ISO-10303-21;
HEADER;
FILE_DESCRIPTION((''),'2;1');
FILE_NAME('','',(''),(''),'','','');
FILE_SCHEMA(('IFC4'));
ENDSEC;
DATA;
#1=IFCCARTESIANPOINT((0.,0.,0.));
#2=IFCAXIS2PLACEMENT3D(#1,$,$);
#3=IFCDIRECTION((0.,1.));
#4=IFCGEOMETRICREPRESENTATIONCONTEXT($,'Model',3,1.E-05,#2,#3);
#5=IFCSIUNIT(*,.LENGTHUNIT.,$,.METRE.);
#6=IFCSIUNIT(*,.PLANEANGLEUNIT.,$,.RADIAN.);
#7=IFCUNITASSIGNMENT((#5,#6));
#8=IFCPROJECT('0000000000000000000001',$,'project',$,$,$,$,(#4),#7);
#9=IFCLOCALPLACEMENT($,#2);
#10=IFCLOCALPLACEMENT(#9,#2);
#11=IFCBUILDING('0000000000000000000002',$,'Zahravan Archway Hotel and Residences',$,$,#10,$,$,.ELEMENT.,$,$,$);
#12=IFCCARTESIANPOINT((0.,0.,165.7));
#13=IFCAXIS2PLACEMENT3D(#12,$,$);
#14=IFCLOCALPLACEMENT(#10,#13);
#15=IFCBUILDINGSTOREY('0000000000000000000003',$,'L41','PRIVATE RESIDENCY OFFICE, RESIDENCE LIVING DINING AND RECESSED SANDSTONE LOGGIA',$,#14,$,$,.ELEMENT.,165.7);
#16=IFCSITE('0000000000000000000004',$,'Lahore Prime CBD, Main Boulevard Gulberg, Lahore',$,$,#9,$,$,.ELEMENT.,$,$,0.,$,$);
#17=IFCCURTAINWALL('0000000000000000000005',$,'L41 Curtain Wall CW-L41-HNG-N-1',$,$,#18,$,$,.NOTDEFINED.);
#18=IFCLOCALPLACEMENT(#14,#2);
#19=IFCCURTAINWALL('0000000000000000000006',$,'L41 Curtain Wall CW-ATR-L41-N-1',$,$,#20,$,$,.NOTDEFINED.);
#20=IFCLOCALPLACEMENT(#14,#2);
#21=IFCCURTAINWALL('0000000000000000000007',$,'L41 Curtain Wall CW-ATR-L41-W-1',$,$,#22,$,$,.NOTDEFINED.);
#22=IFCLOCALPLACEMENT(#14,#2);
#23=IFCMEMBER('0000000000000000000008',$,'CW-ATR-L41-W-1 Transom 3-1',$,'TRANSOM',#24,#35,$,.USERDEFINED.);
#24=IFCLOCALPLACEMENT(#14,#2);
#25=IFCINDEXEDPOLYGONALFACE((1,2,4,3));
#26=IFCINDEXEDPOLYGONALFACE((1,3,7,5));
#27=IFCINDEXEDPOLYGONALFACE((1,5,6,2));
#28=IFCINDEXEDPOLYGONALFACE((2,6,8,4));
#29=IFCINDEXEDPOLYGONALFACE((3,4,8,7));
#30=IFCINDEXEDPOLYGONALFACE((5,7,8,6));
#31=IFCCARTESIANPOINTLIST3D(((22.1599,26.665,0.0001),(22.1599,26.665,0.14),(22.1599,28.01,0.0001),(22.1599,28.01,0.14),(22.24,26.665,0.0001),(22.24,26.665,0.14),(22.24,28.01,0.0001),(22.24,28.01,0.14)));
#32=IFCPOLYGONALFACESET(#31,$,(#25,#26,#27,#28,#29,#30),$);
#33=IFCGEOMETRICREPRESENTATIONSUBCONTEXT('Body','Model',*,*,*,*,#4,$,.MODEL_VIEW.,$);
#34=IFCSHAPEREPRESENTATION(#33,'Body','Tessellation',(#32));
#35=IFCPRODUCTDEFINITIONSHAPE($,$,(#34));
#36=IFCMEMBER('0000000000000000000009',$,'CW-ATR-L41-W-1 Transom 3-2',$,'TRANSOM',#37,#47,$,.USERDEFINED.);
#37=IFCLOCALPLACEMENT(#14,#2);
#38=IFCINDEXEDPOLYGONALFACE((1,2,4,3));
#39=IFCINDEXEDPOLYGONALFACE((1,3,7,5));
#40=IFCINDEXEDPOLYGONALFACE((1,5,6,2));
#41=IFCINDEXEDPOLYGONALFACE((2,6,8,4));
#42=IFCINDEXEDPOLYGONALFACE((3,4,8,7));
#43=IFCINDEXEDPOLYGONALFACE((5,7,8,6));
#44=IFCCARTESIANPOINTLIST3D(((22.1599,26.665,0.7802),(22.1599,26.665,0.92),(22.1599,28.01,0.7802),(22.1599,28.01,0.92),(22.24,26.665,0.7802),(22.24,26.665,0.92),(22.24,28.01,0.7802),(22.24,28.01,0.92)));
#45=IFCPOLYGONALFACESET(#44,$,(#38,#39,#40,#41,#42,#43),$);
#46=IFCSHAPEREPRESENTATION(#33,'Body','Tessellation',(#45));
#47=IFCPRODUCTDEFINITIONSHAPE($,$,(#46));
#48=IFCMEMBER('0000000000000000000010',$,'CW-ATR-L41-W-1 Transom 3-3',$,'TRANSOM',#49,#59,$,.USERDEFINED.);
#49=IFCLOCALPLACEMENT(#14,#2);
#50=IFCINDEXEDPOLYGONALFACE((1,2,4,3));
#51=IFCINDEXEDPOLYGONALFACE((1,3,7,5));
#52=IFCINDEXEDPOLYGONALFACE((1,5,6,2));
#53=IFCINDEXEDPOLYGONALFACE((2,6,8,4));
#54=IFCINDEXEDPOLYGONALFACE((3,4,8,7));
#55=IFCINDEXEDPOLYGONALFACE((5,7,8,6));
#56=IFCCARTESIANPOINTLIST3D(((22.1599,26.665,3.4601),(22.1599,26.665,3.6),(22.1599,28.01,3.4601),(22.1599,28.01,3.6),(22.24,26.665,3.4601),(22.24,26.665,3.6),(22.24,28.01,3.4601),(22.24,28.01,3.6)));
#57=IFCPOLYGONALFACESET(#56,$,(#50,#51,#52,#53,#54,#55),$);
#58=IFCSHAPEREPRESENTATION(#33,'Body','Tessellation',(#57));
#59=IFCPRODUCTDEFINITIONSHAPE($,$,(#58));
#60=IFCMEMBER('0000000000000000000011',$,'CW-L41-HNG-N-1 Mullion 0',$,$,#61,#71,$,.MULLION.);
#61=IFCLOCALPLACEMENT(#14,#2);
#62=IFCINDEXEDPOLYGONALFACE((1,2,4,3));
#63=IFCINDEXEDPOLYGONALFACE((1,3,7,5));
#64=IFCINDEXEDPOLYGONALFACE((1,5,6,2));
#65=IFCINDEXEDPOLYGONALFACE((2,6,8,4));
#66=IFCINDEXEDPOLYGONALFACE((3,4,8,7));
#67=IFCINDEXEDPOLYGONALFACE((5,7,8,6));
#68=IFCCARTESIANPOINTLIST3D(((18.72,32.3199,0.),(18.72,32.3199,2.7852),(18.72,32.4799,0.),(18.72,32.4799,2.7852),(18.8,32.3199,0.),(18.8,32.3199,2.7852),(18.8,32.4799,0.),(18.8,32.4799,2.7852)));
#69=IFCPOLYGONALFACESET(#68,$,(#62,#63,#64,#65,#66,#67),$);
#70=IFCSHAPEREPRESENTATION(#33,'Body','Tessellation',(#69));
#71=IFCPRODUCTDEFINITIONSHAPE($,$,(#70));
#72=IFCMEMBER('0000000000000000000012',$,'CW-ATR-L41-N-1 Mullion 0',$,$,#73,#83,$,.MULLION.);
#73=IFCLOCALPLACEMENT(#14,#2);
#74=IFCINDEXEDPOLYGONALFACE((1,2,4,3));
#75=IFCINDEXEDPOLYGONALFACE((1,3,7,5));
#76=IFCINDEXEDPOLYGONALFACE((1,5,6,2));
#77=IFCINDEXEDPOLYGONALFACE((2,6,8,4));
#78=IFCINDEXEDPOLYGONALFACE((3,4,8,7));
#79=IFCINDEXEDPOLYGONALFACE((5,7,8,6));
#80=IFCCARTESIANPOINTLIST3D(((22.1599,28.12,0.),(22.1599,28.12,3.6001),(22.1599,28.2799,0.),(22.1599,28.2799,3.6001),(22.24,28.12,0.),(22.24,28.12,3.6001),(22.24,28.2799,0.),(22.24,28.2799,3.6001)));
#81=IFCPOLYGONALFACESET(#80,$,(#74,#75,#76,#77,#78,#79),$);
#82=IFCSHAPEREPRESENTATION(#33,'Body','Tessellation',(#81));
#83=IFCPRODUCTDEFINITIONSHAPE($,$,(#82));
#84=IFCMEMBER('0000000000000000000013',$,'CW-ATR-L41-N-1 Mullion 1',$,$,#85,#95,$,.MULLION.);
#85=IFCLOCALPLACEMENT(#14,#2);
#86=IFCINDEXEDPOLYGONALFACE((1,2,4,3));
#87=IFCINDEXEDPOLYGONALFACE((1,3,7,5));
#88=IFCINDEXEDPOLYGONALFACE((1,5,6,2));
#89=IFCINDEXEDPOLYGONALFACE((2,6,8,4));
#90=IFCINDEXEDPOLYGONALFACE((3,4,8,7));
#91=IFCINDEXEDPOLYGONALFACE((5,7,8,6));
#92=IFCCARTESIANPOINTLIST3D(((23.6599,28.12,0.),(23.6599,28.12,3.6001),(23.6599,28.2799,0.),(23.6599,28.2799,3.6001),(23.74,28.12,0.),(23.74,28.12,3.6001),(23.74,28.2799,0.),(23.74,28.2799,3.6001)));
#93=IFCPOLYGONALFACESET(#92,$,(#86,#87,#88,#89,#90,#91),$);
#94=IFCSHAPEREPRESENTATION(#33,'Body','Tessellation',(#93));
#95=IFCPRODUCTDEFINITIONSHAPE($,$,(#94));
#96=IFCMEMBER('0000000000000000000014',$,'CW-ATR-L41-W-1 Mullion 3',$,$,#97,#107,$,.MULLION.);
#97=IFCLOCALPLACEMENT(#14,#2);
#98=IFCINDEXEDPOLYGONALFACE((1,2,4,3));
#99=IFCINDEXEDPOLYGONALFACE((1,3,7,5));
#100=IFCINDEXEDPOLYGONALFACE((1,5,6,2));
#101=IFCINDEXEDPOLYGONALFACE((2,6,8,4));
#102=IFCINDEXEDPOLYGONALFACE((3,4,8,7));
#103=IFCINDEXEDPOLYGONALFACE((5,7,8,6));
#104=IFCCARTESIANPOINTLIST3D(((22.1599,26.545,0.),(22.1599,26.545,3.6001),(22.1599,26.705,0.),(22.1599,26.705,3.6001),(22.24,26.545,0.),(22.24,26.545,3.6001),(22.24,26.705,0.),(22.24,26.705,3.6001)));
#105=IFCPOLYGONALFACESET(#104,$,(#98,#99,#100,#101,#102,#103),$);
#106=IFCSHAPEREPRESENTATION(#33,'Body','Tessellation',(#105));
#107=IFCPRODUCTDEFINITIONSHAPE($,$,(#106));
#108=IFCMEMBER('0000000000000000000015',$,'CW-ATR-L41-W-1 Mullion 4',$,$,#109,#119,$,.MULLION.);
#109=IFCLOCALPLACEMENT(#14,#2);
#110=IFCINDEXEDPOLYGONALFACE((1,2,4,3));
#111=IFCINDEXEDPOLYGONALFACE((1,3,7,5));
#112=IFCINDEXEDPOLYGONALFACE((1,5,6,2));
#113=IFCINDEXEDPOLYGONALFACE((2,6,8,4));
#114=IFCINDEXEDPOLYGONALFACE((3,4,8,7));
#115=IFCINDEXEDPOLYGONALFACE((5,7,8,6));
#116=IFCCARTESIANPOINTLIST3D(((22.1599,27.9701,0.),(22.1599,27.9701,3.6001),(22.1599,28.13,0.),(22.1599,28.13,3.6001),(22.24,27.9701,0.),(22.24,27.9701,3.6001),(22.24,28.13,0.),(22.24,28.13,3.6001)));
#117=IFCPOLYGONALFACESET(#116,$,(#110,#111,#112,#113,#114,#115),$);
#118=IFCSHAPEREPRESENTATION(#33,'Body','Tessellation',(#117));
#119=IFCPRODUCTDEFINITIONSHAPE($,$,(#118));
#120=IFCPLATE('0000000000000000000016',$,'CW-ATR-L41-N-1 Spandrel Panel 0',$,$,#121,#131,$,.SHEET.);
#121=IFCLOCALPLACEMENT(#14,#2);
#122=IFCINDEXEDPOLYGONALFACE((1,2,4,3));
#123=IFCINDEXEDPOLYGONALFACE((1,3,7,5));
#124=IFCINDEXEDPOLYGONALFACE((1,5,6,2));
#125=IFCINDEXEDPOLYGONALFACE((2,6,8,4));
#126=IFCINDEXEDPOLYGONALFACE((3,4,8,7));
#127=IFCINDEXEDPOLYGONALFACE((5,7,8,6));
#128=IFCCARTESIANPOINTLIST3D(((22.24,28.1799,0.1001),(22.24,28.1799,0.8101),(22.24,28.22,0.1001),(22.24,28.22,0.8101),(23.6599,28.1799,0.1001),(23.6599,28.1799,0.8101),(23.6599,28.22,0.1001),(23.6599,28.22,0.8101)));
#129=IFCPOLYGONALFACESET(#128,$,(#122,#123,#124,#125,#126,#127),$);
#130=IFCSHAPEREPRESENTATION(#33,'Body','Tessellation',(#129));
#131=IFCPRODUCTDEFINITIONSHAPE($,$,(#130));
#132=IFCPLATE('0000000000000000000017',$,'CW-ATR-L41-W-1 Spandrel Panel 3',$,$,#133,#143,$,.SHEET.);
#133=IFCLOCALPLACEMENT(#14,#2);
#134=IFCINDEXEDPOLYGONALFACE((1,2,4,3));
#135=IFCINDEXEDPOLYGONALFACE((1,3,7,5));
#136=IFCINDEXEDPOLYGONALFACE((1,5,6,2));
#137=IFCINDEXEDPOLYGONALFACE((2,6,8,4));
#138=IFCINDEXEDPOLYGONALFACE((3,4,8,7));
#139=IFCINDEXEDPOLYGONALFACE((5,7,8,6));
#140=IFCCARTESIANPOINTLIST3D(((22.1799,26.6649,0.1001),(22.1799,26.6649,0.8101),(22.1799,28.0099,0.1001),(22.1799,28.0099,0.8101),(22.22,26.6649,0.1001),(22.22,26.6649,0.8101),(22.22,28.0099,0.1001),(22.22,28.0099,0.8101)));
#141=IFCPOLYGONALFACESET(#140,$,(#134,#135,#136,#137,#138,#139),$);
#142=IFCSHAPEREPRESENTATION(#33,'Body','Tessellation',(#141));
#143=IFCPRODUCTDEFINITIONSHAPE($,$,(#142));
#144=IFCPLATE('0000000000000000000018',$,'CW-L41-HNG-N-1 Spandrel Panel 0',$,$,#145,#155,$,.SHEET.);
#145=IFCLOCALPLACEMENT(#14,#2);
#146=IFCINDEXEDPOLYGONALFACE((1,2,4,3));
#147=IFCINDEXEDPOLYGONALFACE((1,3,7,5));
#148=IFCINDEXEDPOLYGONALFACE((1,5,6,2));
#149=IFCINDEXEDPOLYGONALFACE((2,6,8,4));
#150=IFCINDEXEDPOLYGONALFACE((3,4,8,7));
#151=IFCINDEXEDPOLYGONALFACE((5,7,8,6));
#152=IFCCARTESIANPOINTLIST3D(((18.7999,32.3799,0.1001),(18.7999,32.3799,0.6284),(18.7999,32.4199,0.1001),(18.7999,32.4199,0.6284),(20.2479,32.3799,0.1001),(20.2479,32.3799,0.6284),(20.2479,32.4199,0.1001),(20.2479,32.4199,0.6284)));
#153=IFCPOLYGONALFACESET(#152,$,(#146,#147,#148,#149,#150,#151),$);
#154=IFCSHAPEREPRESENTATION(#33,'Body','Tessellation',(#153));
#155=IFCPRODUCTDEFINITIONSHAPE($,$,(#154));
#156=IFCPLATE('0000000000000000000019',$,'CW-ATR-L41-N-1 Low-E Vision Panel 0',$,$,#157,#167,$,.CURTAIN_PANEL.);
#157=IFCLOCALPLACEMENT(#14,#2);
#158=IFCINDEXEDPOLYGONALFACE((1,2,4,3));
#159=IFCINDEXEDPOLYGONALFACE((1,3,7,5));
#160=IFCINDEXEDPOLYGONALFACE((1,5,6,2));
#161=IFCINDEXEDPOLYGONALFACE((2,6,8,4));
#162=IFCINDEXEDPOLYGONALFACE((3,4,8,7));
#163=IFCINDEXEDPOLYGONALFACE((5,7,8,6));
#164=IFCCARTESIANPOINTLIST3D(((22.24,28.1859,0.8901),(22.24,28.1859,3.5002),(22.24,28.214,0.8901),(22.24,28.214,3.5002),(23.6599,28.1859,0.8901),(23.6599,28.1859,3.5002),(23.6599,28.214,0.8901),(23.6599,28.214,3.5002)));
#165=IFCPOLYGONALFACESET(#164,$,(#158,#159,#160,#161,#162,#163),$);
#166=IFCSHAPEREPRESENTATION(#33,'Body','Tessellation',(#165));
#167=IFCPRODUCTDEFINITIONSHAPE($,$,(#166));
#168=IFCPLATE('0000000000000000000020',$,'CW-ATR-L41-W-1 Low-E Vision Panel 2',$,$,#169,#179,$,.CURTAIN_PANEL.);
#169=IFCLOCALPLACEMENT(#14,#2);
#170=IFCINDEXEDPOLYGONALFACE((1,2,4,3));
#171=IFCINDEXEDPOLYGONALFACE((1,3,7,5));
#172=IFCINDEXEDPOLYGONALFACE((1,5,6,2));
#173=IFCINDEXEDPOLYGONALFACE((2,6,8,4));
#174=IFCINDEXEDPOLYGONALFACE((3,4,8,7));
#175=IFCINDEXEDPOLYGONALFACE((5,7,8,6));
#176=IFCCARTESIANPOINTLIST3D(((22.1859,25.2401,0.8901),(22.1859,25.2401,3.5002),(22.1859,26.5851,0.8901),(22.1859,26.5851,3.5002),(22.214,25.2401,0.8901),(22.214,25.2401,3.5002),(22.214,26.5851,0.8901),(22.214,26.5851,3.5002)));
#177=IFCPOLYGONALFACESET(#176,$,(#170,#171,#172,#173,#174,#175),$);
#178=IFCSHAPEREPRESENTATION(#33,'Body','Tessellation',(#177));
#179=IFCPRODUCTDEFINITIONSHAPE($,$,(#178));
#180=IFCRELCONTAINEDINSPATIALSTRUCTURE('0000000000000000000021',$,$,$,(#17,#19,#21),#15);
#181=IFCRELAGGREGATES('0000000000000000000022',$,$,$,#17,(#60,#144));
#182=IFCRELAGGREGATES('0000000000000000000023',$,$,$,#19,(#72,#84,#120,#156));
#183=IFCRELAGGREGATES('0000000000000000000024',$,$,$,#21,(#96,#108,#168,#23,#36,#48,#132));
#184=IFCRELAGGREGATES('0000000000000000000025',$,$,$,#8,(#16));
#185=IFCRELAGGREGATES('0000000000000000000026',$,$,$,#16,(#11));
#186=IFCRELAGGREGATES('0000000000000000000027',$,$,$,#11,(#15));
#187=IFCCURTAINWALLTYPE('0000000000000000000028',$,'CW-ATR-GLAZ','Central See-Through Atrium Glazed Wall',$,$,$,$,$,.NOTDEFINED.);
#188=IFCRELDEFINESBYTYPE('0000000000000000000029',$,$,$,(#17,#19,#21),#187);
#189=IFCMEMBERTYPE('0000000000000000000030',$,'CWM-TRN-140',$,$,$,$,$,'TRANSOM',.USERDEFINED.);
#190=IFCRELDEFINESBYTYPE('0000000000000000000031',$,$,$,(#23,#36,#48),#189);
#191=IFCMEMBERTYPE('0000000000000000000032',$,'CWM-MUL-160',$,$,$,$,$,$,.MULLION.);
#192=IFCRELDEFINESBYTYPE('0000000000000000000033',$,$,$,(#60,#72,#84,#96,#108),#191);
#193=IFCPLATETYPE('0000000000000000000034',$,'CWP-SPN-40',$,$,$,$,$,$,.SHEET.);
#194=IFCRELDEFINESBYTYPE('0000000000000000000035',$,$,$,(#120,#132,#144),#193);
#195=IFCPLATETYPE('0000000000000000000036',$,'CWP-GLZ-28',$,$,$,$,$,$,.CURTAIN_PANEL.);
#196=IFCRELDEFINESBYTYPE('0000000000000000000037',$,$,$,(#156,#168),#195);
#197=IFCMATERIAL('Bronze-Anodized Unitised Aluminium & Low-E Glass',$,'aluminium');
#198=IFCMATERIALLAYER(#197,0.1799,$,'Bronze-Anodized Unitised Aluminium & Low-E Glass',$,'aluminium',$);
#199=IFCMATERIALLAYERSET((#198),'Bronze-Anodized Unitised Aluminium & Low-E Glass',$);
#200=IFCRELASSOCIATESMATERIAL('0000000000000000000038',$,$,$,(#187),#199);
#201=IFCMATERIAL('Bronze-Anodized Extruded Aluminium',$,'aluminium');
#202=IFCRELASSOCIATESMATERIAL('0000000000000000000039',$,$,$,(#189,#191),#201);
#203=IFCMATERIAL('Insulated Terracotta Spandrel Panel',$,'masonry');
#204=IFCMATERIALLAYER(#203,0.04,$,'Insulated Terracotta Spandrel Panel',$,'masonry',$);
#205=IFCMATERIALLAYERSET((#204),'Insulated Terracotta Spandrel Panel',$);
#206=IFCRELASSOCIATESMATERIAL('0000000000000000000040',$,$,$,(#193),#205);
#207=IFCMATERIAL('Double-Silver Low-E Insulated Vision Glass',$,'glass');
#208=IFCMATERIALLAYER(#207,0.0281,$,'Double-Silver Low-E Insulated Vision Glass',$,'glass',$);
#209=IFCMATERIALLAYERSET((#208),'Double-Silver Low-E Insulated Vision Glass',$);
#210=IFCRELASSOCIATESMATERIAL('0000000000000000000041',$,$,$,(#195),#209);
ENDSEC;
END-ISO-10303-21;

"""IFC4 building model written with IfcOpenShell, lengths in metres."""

from ifc_helpers import new_model, si_unit, direction, frame, origin, origin_2d, place, context, subcontext, project, spatial, rectangle, extrude, source, transform, mapped, material, layer, layer_set, material_profile, profile_set, type_object, element, aggregate, save


model = new_model("IFC4")

# Units and contexts
model_context = context("Model", 3, precision=1e-05, world=origin(), true_north=direction((0.0, 1.0)))
body_context = subcontext(model_context, "Body", "Model", "MODEL_VIEW")
ifc_project = project(units=[si_unit("LENGTHUNIT", "METRE"), si_unit("PLANEANGLEUNIT", "RADIAN")], contexts=[model_context])

# Site, building, storey
site_placement = place(None, origin())
site = spatial("IfcSite", under=ifc_project, at=site_placement, Name="Lahore Prime CBD, Main Boulevard Gulberg, Lahore", CompositionType="ELEMENT", RefElevation=0.0)
building_placement = place(site_placement, origin())
building = spatial("IfcBuilding", under=site, at=building_placement, Name="Zahravan Archway Hotel and Residences", CompositionType="ELEMENT")
storey_placement = place(building_placement, frame((0.0, 0.0, 165.7)))
storey = spatial("IfcBuildingStorey", under=building, at=storey_placement, Name="L41", Description="PRIVATE RESIDENCY OFFICE, RESIDENCE LIVING DINING AND RECESSED SANDSTONE LOGGIA", CompositionType="ELEMENT", Elevation=165.7)

# Curtain walls, members
ifc_material_1 = material(Name="Bronze-Anodized Unitised Aluminium & Low-E Glass", Category="aluminium")
ifc_layer_1 = layer(ifc_material_1, 0.1799, Name="Bronze-Anodized Unitised Aluminium & Low-E Glass", Category="aluminium")
ifc_layer_set_1 = layer_set([ifc_layer_1], Name="Bronze-Anodized Unitised Aluminium & Low-E Glass")
curtain_wall_type = type_object("IfcCurtainWallType", Name="CW-ATR-GLAZ", Description="Central See-Through Atrium Glazed Wall", PredefinedType="NOTDEFINED", material=ifc_layer_set_1)
curtain_wall_1_placement = place(storey_placement, origin())
curtain_wall_1 = element("IfcCurtainWall", 1, at=curtain_wall_1_placement, inside=storey, type_object=curtain_wall_type, Name="L41 Curtain Wall CW-L41-HNG-N-1", PredefinedType="NOTDEFINED")
ifc_material_2 = material(Name="Bronze-Anodized Extruded Aluminium", Category="aluminium")
ifc_material_profile_1 = material_profile(ifc_material_2, rectangle(XDim=0.0801, YDim=0.1399, at=origin_2d()), Name="TRN 80x140", Category="aluminium")
ifc_profile_set_1 = profile_set([ifc_material_profile_1], Name="Bronze-Anodized Extruded Aluminium")
member_type_1 = type_object("IfcMemberType", Name="CWM-TRN-140", ElementType="TRANSOM", PredefinedType="USERDEFINED", material=ifc_profile_set_1)
curtain_wall_2_placement = place(storey_placement, origin())
curtain_wall_2 = element("IfcCurtainWall", 2, at=curtain_wall_2_placement, inside=storey, type_object=curtain_wall_type, Name="L41 Curtain Wall CW-ATR-L41-N-1", PredefinedType="NOTDEFINED")
curtain_wall_3_placement = place(storey_placement, origin())
curtain_wall_3 = element("IfcCurtainWall", 3, at=curtain_wall_3_placement, inside=storey, type_object=curtain_wall_type, Name="L41 Curtain Wall CW-ATR-L41-W-1", PredefinedType="NOTDEFINED")
shared_shape_1 = source(origin(), body_context, "Body", "SweptSolid", [
    extrude(rectangle(XDim=0.0801, YDim=0.1399, at=origin_2d()), origin(), (0.0, 0.0, 1.0), 1.345),
])
member_1_placement = place(storey_placement, frame((22.2, 26.665, 0.0701), z_axis=(0.0, 1.0, 0.0), x_axis=(-1.0, 0.0, 0.0)))
member_1 = element("IfcMember", 4, at=member_1_placement, type_object=member_type_1, Name="CW-ATR-L41-W-1 Transom 3-1", ObjectType="TRANSOM", PredefinedType="USERDEFINED", context=body_context, shape_type="MappedRepresentation", body=[
    mapped(shared_shape_1, transform((0.0, 0.0, 0.0), scale=1.0)),
])
member_2_placement = place(storey_placement, frame((22.2, 26.665, 0.8501), z_axis=(0.0, 1.0, 0.0), x_axis=(-1.0, 0.0, 0.0)))
member_2 = element("IfcMember", 5, at=member_2_placement, type_object=member_type_1, Name="CW-ATR-L41-W-1 Transom 3-2", ObjectType="TRANSOM", PredefinedType="USERDEFINED", context=body_context, shape_type="MappedRepresentation", body=[
    mapped(shared_shape_1, transform((0.0, 0.0, 0.0), scale=1.0)),
])
member_3_placement = place(storey_placement, frame((22.2, 26.665, 3.53), z_axis=(0.0, 1.0, 0.0), x_axis=(-1.0, 0.0, 0.0)))
member_3 = element("IfcMember", 6, at=member_3_placement, type_object=member_type_1, Name="CW-ATR-L41-W-1 Transom 3-3", ObjectType="TRANSOM", PredefinedType="USERDEFINED", context=body_context, shape_type="MappedRepresentation", body=[
    mapped(shared_shape_1, transform((0.0, 0.0, 0.0), scale=1.0)),
])

# Members
ifc_material_profile_2 = material_profile(ifc_material_2, rectangle(XDim=0.0801, YDim=0.1599, at=origin_2d()), Name="MUL 80x160", Category="aluminium")
ifc_profile_set_2 = profile_set([ifc_material_profile_2], Name="Bronze-Anodized Extruded Aluminium")
member_type_2 = type_object("IfcMemberType", Name="CWM-MUL-160", PredefinedType="MULLION", material=ifc_profile_set_2)
shared_shape_2 = source(origin(), body_context, "Body", "SweptSolid", [
    extrude(rectangle(XDim=0.0801, YDim=0.1599, at=origin_2d()), origin(), (0.0, 0.0, 1.0), 2.7852),
])
member_4_placement = place(storey_placement, frame((18.76, 32.3999, 0.0), z_axis=(0.0, 0.0, 1.0), x_axis=(1.0, 0.0, 0.0)))
member_4 = element("IfcMember", 7, at=member_4_placement, type_object=member_type_2, Name="CW-L41-HNG-N-1 Mullion 0", PredefinedType="MULLION", context=body_context, shape_type="MappedRepresentation", body=[
    mapped(shared_shape_2, transform((0.0, 0.0, 0.0), scale=1.0)),
])
shared_shape_3 = source(origin(), body_context, "Body", "SweptSolid", [
    extrude(rectangle(XDim=0.0801, YDim=0.1599, at=origin_2d()), origin(), (0.0, 0.0, 1.0), 3.6001),
])
member_5_placement = place(storey_placement, frame((22.2, 28.2, 0.0), z_axis=(0.0, 0.0, 1.0), x_axis=(1.0, 0.0, 0.0)))
member_5 = element("IfcMember", 8, at=member_5_placement, type_object=member_type_2, Name="CW-ATR-L41-N-1 Mullion 0", PredefinedType="MULLION", context=body_context, shape_type="MappedRepresentation", body=[
    mapped(shared_shape_3, transform((0.0, 0.0, 0.0), scale=1.0)),
])
member_6_placement = place(storey_placement, frame((23.7, 28.2, 0.0), z_axis=(0.0, 0.0, 1.0), x_axis=(1.0, 0.0, 0.0)))
member_6 = element("IfcMember", 9, at=member_6_placement, type_object=member_type_2, Name="CW-ATR-L41-N-1 Mullion 1", PredefinedType="MULLION", context=body_context, shape_type="MappedRepresentation", body=[
    mapped(shared_shape_3, transform((0.0, 0.0, 0.0), scale=1.0)),
])
member_7_placement = place(storey_placement, frame((22.2, 26.625, 0.0), z_axis=(0.0, 0.0, 1.0), x_axis=(1.0, 0.0, 0.0)))
member_7 = element("IfcMember", 10, at=member_7_placement, type_object=member_type_2, Name="CW-ATR-L41-W-1 Mullion 3", PredefinedType="MULLION", context=body_context, shape_type="MappedRepresentation", body=[
    mapped(shared_shape_3, transform((0.0, 0.0, 0.0), scale=1.0)),
])
member_8_placement = place(storey_placement, frame((22.2, 28.05, 0.0), z_axis=(0.0, 0.0, 1.0), x_axis=(1.0, 0.0, 0.0)))
member_8 = element("IfcMember", 11, at=member_8_placement, type_object=member_type_2, Name="CW-ATR-L41-W-1 Mullion 4", PredefinedType="MULLION", context=body_context, shape_type="MappedRepresentation", body=[
    mapped(shared_shape_3, transform((0.0, 0.0, 0.0), scale=1.0)),
])

# Plates
ifc_material_3 = material(Name="Insulated Terracotta Spandrel Panel", Category="masonry")
ifc_layer_2 = layer(ifc_material_3, 0.04, Name="Insulated Terracotta Spandrel Panel", Category="masonry")
ifc_layer_set_2 = layer_set([ifc_layer_2], Name="Insulated Terracotta Spandrel Panel")
plate_type_1 = type_object("IfcPlateType", Name="CWP-SPN-40", PredefinedType="SHEET", material=ifc_layer_set_2)
shared_shape_4 = source(origin(), body_context, "Body", "SweptSolid", [
    extrude(rectangle(XDim=1.4199, YDim=0.04, at=origin_2d()), origin(), (0.0, 0.0, 1.0), 0.71),
])
plate_1_placement = place(storey_placement, frame((22.95, 28.2, 0.1001), z_axis=(0.0, 0.0, 1.0), x_axis=(1.0, 0.0, 0.0)))
plate_1 = element("IfcPlate", 12, at=plate_1_placement, type_object=plate_type_1, Name="CW-ATR-L41-N-1 Spandrel Panel 0", PredefinedType="SHEET", context=body_context, shape_type="MappedRepresentation", body=[
    mapped(shared_shape_4, transform((0.0, 0.0, 0.0), scale=1.0)),
])
shared_shape_5 = source(origin(), body_context, "Body", "SweptSolid", [
    extrude(rectangle(XDim=1.345, YDim=0.04, at=origin_2d()), origin(), (0.0, 0.0, 1.0), 0.71),
])
plate_2_placement = place(storey_placement, frame((22.2, 27.3374, 0.1001), z_axis=(0.0, 0.0, 1.0), x_axis=(0.0, 1.0, 0.0)))
plate_2 = element("IfcPlate", 13, at=plate_2_placement, type_object=plate_type_1, Name="CW-ATR-L41-W-1 Spandrel Panel 3", PredefinedType="SHEET", context=body_context, shape_type="MappedRepresentation", body=[
    mapped(shared_shape_5, transform((0.0, 0.0, 0.0), scale=1.0)),
])
shared_shape_6 = source(origin(), body_context, "Body", "SweptSolid", [
    extrude(rectangle(XDim=1.448, YDim=0.04, at=origin_2d()), origin(), (0.0, 0.0, 1.0), 0.5283),
])
plate_3_placement = place(storey_placement, frame((19.5239, 32.3999, 0.1001), z_axis=(0.0, 0.0, 1.0), x_axis=(1.0, 0.0, 0.0)))
plate_3 = element("IfcPlate", 14, at=plate_3_placement, type_object=plate_type_1, Name="CW-L41-HNG-N-1 Spandrel Panel 0", PredefinedType="SHEET", context=body_context, shape_type="MappedRepresentation", body=[
    mapped(shared_shape_6, transform((0.0, 0.0, 0.0), scale=1.0)),
])
aggregate(curtain_wall_1, [member_4, plate_3])
ifc_material_4 = material(Name="Double-Silver Low-E Insulated Vision Glass", Category="glass")
ifc_layer_3 = layer(ifc_material_4, 0.0281, Name="Double-Silver Low-E Insulated Vision Glass", Category="glass")
ifc_layer_set_3 = layer_set([ifc_layer_3], Name="Double-Silver Low-E Insulated Vision Glass")
plate_type_2 = type_object("IfcPlateType", Name="CWP-GLZ-28", PredefinedType="CURTAIN_PANEL", material=ifc_layer_set_3)
shared_shape_7 = source(origin(), body_context, "Body", "SweptSolid", [
    extrude(rectangle(XDim=1.4199, YDim=0.0281, at=origin_2d()), origin(), (0.0, 0.0, 1.0), 2.6101),
])
plate_4_placement = place(storey_placement, frame((22.95, 28.2, 0.8901), z_axis=(0.0, 0.0, 1.0), x_axis=(1.0, 0.0, 0.0)))
plate_4 = element("IfcPlate", 15, at=plate_4_placement, type_object=plate_type_2, Name="CW-ATR-L41-N-1 Low-E Vision Panel 0", PredefinedType="CURTAIN_PANEL", context=body_context, shape_type="MappedRepresentation", body=[
    mapped(shared_shape_7, transform((0.0, 0.0, 0.0), scale=1.0)),
])
aggregate(curtain_wall_2, [member_5, member_6, plate_1, plate_4])
shared_shape_8 = source(origin(), body_context, "Body", "SweptSolid", [
    extrude(rectangle(XDim=1.345, YDim=0.0281, at=origin_2d()), origin(), (0.0, 0.0, 1.0), 2.6101),
])
plate_5_placement = place(storey_placement, frame((22.2, 25.9126, 0.8901), z_axis=(0.0, 0.0, 1.0), x_axis=(0.0, 1.0, 0.0)))
plate_5 = element("IfcPlate", 16, at=plate_5_placement, type_object=plate_type_2, Name="CW-ATR-L41-W-1 Low-E Vision Panel 2", PredefinedType="CURTAIN_PANEL", context=body_context, shape_type="MappedRepresentation", body=[
    mapped(shared_shape_8, transform((0.0, 0.0, 0.0), scale=1.0)),
])
aggregate(curtain_wall_3, [member_7, member_8, plate_5, member_1, member_2, member_3, plate_2])

save(model, "model.ifc")
